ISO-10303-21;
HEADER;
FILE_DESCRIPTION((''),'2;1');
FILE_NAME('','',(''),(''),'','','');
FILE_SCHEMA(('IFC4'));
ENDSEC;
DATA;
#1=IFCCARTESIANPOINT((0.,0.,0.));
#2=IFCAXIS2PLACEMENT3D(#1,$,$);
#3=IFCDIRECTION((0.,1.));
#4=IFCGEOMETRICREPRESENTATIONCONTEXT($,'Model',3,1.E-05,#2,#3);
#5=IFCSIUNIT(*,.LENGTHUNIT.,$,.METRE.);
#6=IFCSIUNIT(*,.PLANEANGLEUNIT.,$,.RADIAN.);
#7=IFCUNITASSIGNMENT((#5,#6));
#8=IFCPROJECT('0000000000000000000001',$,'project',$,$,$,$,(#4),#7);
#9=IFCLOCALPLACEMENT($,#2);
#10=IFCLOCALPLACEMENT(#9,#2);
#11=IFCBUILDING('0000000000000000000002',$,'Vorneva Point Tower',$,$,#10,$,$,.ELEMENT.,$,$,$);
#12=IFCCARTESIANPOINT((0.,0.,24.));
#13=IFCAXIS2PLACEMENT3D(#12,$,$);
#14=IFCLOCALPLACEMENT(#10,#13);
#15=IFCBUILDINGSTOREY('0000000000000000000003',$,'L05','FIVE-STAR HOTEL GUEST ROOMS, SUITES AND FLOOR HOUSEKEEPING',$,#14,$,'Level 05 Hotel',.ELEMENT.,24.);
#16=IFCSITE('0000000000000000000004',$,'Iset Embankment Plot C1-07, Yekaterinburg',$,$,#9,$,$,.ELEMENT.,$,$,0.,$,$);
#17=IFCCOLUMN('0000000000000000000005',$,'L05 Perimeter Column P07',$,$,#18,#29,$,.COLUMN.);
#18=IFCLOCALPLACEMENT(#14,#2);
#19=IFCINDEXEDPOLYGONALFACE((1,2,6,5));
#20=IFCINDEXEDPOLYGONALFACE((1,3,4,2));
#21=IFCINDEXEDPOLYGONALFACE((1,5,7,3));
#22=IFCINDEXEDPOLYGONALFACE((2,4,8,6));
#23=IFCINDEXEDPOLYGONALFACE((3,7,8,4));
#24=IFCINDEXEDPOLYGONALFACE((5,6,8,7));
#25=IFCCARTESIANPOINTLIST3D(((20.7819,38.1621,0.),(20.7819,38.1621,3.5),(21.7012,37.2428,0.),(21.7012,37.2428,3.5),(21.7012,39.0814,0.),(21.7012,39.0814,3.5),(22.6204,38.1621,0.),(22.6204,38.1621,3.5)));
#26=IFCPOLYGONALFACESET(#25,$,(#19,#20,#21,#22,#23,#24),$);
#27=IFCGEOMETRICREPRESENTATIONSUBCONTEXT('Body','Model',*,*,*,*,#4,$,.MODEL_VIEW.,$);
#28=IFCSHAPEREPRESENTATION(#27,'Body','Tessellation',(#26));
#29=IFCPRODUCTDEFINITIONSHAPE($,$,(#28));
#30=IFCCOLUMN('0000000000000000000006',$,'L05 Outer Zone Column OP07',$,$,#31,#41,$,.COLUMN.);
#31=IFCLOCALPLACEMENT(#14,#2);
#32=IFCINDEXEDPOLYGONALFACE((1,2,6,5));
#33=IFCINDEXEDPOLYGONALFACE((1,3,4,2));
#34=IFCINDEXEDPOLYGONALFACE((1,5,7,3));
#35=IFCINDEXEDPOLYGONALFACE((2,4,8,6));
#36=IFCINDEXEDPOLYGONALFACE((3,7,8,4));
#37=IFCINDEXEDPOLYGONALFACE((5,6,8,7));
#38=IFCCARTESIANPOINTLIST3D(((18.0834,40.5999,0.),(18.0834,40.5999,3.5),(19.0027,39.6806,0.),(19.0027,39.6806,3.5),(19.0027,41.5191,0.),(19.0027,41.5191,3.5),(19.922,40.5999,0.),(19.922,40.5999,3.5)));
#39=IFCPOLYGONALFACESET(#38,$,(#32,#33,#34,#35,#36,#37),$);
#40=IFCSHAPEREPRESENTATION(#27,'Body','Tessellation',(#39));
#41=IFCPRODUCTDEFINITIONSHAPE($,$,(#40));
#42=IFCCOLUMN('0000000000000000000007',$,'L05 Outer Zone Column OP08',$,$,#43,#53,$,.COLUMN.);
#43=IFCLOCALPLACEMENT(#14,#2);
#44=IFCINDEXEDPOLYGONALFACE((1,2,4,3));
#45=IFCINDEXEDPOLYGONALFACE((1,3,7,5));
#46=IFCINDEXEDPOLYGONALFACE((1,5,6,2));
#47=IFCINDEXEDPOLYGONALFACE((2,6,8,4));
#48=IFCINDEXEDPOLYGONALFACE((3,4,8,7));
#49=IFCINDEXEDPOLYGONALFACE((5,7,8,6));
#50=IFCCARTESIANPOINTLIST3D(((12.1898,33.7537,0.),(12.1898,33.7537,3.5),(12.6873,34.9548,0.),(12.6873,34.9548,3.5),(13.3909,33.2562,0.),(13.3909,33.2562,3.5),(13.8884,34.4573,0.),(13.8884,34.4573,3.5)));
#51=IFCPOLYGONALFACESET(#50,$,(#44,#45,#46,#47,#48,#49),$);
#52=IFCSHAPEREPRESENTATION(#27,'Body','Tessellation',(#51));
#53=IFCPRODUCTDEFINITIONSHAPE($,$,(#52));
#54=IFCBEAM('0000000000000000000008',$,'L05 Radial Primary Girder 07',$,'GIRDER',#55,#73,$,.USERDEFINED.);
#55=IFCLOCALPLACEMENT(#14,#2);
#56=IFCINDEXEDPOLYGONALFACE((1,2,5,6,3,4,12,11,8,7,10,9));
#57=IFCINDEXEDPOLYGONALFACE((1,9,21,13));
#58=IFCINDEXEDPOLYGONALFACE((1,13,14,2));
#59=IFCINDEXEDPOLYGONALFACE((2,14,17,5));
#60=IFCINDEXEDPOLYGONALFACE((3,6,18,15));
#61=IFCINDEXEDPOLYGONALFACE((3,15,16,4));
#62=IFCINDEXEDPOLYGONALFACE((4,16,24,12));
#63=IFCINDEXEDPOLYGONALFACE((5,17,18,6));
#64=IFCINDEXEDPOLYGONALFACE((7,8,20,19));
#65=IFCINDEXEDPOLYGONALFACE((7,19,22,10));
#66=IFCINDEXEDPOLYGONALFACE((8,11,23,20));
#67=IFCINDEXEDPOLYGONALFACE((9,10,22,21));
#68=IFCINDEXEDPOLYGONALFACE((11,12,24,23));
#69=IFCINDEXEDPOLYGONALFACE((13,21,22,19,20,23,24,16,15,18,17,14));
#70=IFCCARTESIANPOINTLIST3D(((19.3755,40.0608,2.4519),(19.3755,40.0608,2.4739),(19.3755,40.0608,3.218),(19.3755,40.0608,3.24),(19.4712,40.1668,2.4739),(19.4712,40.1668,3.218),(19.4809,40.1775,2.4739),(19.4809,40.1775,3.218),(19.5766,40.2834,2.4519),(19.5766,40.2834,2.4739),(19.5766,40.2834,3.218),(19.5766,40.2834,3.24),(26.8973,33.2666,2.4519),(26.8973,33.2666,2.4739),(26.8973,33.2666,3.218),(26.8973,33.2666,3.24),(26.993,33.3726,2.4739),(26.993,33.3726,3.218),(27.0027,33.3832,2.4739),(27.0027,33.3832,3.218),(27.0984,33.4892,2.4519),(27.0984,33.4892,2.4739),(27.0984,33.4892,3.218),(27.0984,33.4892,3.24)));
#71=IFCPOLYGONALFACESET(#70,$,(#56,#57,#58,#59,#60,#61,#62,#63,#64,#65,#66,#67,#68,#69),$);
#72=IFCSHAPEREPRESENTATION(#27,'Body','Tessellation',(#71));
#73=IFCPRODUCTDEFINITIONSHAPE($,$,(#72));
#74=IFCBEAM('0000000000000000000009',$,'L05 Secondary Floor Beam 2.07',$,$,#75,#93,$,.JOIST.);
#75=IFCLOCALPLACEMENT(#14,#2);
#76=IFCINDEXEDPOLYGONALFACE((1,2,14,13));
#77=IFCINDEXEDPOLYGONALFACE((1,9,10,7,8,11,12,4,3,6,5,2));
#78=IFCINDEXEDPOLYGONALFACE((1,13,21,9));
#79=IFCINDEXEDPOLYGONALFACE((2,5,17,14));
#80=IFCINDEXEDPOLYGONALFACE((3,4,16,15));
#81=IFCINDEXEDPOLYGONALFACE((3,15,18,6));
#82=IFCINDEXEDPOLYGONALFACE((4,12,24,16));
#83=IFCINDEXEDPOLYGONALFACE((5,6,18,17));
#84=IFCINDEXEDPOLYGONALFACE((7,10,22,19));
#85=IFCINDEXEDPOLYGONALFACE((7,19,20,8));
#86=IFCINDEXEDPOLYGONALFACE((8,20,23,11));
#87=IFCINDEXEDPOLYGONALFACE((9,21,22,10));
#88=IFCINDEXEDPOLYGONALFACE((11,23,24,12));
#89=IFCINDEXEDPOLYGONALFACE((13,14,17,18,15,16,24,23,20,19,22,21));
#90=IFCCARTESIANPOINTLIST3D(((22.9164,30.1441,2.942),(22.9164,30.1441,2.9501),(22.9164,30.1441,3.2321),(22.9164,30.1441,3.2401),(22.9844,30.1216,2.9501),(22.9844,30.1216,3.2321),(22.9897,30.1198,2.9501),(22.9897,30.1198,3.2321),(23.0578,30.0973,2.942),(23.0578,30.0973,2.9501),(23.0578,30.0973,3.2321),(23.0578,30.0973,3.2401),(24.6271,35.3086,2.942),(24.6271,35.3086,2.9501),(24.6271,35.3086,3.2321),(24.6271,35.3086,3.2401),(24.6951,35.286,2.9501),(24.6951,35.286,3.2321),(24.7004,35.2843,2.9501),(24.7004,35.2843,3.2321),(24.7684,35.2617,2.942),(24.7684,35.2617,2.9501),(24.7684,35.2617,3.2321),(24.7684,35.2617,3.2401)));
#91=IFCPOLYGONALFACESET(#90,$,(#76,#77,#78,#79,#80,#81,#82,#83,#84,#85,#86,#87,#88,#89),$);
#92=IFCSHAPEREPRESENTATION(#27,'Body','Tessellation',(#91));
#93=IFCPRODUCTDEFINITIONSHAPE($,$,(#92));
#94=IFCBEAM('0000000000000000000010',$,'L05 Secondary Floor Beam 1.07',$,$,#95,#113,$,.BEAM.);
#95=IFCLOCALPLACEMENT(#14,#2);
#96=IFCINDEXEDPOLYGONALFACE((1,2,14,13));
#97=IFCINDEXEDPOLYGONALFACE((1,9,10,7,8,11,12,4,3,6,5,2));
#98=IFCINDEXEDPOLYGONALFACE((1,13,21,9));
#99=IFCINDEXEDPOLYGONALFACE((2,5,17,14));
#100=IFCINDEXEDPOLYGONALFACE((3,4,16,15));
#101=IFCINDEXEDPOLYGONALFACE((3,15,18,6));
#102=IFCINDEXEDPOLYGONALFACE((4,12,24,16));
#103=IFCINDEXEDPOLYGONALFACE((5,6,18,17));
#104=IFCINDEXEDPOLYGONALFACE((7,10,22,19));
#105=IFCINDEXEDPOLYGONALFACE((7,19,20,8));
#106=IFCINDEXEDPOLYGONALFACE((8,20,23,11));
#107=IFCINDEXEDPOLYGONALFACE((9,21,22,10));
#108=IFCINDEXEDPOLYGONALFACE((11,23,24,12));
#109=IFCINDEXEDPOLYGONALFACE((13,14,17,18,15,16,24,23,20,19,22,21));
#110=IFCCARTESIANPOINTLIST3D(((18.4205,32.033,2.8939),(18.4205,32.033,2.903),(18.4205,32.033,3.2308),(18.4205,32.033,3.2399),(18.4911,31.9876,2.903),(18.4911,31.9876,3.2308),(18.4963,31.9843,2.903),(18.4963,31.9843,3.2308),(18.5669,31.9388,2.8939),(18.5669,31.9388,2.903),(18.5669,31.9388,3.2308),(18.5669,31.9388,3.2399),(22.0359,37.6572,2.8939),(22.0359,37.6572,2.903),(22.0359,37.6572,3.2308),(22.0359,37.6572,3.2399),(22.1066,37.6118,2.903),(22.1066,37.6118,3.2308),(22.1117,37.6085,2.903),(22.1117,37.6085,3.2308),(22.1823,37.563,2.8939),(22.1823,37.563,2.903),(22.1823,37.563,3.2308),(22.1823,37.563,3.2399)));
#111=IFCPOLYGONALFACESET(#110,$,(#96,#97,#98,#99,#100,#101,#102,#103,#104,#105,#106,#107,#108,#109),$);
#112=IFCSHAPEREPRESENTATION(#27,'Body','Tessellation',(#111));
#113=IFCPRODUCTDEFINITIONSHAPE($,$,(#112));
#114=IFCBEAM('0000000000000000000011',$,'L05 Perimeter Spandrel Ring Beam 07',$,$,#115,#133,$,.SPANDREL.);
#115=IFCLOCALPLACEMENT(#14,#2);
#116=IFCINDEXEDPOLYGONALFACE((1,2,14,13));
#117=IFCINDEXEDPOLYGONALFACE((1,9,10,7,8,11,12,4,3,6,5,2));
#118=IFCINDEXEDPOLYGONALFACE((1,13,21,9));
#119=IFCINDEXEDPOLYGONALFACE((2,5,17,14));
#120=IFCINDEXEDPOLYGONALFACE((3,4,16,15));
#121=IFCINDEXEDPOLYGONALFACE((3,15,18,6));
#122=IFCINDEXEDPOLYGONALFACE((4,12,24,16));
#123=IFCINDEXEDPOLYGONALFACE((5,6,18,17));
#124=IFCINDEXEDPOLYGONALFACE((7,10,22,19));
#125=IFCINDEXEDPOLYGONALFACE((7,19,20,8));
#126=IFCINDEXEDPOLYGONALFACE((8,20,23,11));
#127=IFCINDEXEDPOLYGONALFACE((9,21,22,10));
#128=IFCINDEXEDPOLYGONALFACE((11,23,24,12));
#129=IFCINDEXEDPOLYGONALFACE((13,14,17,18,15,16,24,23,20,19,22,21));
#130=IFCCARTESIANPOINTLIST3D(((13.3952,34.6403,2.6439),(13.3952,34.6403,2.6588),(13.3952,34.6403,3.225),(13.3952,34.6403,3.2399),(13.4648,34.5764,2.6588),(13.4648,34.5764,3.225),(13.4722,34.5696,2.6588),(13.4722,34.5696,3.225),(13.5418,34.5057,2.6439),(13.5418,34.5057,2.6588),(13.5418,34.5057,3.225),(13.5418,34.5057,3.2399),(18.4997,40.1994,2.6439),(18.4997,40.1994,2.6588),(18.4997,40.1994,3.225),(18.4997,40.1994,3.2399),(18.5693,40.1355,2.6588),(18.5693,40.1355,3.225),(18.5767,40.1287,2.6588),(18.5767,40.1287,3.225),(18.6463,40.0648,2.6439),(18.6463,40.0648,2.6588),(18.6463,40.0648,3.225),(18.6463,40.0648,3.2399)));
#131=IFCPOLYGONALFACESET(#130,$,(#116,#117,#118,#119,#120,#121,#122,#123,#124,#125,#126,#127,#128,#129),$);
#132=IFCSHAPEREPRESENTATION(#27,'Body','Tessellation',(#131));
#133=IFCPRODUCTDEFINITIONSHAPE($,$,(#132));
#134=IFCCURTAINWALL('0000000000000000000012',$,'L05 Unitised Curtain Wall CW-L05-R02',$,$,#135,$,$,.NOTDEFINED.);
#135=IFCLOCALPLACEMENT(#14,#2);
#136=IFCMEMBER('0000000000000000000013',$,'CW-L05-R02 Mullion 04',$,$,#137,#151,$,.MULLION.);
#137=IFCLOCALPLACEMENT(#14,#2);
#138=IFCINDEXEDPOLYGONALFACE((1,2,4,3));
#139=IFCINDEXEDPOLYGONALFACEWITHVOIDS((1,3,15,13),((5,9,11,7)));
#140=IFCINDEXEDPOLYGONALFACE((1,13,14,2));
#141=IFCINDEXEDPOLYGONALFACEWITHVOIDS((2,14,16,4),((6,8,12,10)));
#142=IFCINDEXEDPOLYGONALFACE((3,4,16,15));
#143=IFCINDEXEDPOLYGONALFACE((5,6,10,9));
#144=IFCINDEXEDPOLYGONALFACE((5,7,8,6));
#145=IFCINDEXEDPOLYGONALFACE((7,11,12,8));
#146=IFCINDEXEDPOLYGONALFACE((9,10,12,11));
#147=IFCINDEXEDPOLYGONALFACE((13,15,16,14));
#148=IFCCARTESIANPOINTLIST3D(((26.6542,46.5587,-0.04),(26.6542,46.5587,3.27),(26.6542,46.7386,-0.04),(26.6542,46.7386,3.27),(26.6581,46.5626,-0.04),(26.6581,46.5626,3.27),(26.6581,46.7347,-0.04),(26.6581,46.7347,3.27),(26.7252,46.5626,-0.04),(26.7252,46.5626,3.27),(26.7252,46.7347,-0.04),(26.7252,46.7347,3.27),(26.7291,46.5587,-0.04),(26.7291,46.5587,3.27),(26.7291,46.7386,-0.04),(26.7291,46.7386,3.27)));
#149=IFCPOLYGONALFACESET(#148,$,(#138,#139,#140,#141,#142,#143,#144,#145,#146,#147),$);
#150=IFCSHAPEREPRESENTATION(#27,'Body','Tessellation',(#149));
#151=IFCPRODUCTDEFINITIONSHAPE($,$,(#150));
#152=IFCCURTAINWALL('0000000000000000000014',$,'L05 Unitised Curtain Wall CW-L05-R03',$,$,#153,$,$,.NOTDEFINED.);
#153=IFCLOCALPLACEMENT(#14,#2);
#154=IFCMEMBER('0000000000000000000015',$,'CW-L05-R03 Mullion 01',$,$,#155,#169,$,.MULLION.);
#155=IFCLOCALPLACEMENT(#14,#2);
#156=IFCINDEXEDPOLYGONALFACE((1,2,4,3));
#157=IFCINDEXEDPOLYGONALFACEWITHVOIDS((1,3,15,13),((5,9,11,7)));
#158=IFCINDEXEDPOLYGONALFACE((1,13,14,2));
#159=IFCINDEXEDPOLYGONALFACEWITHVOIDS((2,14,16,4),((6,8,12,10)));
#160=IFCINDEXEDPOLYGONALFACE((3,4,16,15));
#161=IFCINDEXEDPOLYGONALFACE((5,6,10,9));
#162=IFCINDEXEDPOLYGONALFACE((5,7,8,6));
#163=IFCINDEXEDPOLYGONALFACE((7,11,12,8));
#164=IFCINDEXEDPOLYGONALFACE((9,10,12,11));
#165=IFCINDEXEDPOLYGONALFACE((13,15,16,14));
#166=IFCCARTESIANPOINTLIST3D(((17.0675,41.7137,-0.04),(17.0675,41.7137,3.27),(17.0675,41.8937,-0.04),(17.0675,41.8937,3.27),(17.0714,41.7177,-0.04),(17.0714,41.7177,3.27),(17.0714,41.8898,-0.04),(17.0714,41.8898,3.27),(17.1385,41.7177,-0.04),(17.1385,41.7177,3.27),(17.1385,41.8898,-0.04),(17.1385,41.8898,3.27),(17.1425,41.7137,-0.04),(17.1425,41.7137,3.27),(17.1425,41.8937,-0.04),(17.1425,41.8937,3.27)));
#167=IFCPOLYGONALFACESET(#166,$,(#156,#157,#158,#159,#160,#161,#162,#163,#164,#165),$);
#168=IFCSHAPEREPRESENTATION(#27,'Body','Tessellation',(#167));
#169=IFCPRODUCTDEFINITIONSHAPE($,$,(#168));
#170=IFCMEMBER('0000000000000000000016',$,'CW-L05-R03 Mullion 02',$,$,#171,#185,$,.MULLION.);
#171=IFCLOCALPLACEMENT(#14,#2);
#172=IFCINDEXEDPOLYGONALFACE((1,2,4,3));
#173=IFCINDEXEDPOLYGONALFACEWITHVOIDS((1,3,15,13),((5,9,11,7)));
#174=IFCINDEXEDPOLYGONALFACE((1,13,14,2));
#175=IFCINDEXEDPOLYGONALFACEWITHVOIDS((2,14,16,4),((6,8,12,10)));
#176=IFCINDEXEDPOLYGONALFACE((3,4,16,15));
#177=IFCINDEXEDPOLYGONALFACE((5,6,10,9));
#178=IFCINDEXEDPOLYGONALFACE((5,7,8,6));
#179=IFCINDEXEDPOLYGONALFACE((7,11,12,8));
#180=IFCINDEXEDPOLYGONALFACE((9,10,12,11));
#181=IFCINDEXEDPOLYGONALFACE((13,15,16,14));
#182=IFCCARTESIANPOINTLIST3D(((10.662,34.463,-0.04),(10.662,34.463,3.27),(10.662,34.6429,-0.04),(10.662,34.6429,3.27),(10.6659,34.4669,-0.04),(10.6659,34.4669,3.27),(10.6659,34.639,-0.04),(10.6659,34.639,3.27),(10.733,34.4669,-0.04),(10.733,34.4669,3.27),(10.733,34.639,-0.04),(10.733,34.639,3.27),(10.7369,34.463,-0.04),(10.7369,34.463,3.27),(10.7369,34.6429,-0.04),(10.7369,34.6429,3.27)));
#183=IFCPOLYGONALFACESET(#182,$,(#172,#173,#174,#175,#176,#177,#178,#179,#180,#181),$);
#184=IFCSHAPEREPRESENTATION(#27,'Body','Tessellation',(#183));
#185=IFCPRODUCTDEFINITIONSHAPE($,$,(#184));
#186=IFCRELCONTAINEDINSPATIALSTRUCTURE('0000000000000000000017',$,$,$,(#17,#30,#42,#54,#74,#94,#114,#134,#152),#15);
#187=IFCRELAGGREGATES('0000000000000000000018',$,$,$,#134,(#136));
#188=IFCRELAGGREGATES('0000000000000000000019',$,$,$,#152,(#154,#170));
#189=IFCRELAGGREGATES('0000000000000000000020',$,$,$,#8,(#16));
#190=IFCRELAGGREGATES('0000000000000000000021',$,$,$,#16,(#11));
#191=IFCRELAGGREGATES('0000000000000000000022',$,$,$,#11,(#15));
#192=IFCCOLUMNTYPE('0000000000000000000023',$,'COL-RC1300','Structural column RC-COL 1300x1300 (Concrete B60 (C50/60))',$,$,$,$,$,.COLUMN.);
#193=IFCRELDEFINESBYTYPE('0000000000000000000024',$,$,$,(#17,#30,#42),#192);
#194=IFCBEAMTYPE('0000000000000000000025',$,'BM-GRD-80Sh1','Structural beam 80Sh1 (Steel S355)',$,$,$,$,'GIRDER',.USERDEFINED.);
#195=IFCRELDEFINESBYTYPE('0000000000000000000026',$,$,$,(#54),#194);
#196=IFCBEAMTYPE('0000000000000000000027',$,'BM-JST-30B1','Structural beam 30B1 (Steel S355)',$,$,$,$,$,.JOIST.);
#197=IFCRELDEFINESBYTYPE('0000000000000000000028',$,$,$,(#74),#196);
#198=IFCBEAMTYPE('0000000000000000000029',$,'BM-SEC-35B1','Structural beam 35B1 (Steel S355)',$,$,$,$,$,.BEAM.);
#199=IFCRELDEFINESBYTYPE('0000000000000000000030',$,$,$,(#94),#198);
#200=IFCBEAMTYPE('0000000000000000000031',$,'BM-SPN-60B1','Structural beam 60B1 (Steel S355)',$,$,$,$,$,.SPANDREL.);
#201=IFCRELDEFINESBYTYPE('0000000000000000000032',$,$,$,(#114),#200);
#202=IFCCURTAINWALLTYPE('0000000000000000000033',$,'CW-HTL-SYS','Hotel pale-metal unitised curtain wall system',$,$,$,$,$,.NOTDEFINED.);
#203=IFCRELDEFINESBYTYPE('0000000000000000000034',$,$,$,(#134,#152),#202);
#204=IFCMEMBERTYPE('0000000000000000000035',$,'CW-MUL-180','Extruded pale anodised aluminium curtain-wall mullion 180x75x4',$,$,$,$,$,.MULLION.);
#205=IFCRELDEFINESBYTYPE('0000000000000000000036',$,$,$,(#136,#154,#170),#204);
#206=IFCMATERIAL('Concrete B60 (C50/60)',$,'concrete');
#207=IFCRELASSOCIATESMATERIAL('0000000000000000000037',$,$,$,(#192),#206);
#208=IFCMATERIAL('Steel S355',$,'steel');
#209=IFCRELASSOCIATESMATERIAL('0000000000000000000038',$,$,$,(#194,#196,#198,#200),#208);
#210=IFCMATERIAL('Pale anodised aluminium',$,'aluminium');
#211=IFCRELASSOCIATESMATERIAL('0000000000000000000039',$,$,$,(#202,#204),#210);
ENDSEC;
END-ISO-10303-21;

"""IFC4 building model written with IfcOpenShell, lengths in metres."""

from ifc_helpers import new_model, si_unit, direction, frame, origin, origin_2d, place, context, subcontext, project, spatial, rectangle, hollow_rectangle, i_section, extrude, material, material_profile, profile_set, type_object, element, aggregate, save


model = new_model("IFC4")

# Units and contexts
model_context = context("Model", 3, precision=1e-05, world=origin(), true_north=direction((0.0, 1.0)))
body_context = subcontext(model_context, "Body", "Model", "MODEL_VIEW")
ifc_project = project(units=[si_unit("LENGTHUNIT", "METRE"), si_unit("PLANEANGLEUNIT", "RADIAN")], contexts=[model_context])

# Site, building, storey
site_placement = place(None, origin())
site = spatial("IfcSite", under=ifc_project, at=site_placement, Name="Iset Embankment Plot C1-07, Yekaterinburg", CompositionType="ELEMENT", RefElevation=0.0)
building_placement = place(site_placement, origin())
building = spatial("IfcBuilding", under=site, at=building_placement, Name="Vorneva Point Tower", CompositionType="ELEMENT")
storey_placement = place(building_placement, frame((0.0, 0.0, 24.0)))
storey = spatial("IfcBuildingStorey", under=building, at=storey_placement, Name="L05", Description="FIVE-STAR HOTEL GUEST ROOMS, SUITES AND FLOOR HOUSEKEEPING", LongName="Level 05 Hotel", CompositionType="ELEMENT", Elevation=24.0)

# Columns
ifc_material_1 = material(Name="Concrete B60 (C50/60)", Category="concrete")
ifc_material_profile_1 = material_profile(ifc_material_1, rectangle(XDim=1.3, YDim=1.3, at=origin_2d()), Name="RC-COL 1300x1300")
ifc_profile_set_1 = profile_set([ifc_material_profile_1], Name="Concrete B60 (C50/60)")
column_type = type_object("IfcColumnType", Name="COL-RC1300", Description="Structural column RC-COL 1300x1300 (Concrete B60 (C50/60))", PredefinedType="COLUMN", material=ifc_profile_set_1)
for number, where, z_axis, x_axis, name in (
    (1, (21.7012, 38.1621, 0.0), (0.0, 0.0, 1.0), (-0.707107, 0.707107, 0.0), "L05 Perimeter Column P07"),
    (2, (19.0027, 40.5999, 0.0), (0.0, 0.0, 1.0), (-0.707107, 0.707107, 0.0), "L05 Outer Zone Column OP07"),
    (3, (13.0391, 34.1055, 0.0), (0.0, 0.0, 1.0), (-0.92388, 0.382683, 0.0), "L05 Outer Zone Column OP08"),
):
    element("IfcColumn", number, at=place(storey_placement, frame(where, z_axis=z_axis, x_axis=x_axis)), inside=storey, type_object=column_type, Name=name, PredefinedType="COLUMN", context=body_context, shape_type="SweptSolid", body=[
        extrude(rectangle(XDim=1.3, YDim=1.3, at=origin_2d()), origin(), (0.0, 0.0, 1.0), 3.5),
    ])

# Beams
ifc_material_2 = material(Name="Steel S355", Category="steel")
ifc_material_profile_2 = material_profile(ifc_material_2, i_section(OverallWidth=0.3, OverallDepth=0.7881, WebThickness=0.0144, FlangeThickness=0.022, at=origin_2d()), Name="80Sh1")
ifc_profile_set_2 = profile_set([ifc_material_profile_2], Name="Steel S355")
beam_type_1 = type_object("IfcBeamType", Name="BM-GRD-80Sh1", Description="Structural beam 80Sh1 (Steel S355)", ElementType="GIRDER", PredefinedType="USERDEFINED", material=ifc_profile_set_2)
beam_1_placement = place(storey_placement, frame((19.4761, 40.1721, 2.8459), z_axis=(0.742084, -0.670306, 0.0), x_axis=(0.670306, 0.742084, 0.0)))
element("IfcBeam", 4, at=beam_1_placement, inside=storey, type_object=beam_type_1, Name="L05 Radial Primary Girder 07", ObjectType="GIRDER", PredefinedType="USERDEFINED", context=body_context, shape_type="SweptSolid", body=[
    extrude(i_section(OverallWidth=0.3, OverallDepth=0.7881, WebThickness=0.0144, FlangeThickness=0.022, at=origin_2d()), origin(), (0.0, 0.0, 1.0), 10.136),
])
ifc_material_profile_3 = material_profile(ifc_material_2, i_section(OverallWidth=0.1489, OverallDepth=0.2981, WebThickness=0.0056, FlangeThickness=0.0081, at=origin_2d()), Name="30B1")
ifc_profile_set_3 = profile_set([ifc_material_profile_3], Name="Steel S355")
beam_type_2 = type_object("IfcBeamType", Name="BM-JST-30B1", Description="Structural beam 30B1 (Steel S355)", PredefinedType="JOIST", material=ifc_profile_set_3)
beam_2_placement = place(storey_placement, frame((24.6978, 35.2852, 3.0911), z_axis=(-0.314437, -0.949278, 0.0), x_axis=(0.949278, -0.314437, 0.0)))
element("IfcBeam", 5, at=beam_2_placement, inside=storey, type_object=beam_type_2, Name="L05 Secondary Floor Beam 2.07", PredefinedType="JOIST", context=body_context, shape_type="SweptSolid", body=[
    extrude(i_section(OverallWidth=0.1489, OverallDepth=0.2981, WebThickness=0.0056, FlangeThickness=0.0081, at=origin_2d()), origin(), (0.0, 0.0, 1.0), 5.4404),
])
ifc_material_profile_4 = material_profile(ifc_material_2, i_section(OverallWidth=0.1741, OverallDepth=0.3459, WebThickness=0.0061, FlangeThickness=0.009, at=origin_2d()), Name="35B1")
ifc_profile_set_4 = profile_set([ifc_material_profile_4], Name="Steel S355")
beam_type_3 = type_object("IfcBeamType", Name="BM-SEC-35B1", Description="Structural beam 35B1 (Steel S355)", PredefinedType="BEAM", material=ifc_profile_set_4)
beam_3_placement = place(storey_placement, frame((22.1091, 37.6101, 3.0669), z_axis=(-0.540745, -0.841187, 0.0), x_axis=(0.841187, -0.540745, 0.0)))
element("IfcBeam", 6, at=beam_3_placement, inside=storey, type_object=beam_type_3, Name="L05 Secondary Floor Beam 1.07", PredefinedType="BEAM", context=body_context, shape_type="SweptSolid", body=[
    extrude(i_section(OverallWidth=0.1741, OverallDepth=0.3459, WebThickness=0.0061, FlangeThickness=0.009, at=origin_2d()), origin(), (0.0, 0.0, 1.0), 6.686),
])
ifc_material_profile_5 = material_profile(ifc_material_2, i_section(OverallWidth=0.199, OverallDepth=0.5959, WebThickness=0.01, FlangeThickness=0.0149, at=origin_2d()), Name="60B1")
ifc_profile_set_5 = profile_set([ifc_material_profile_5], Name="Steel S355")
beam_type_4 = type_object("IfcBeamType", Name="BM-SPN-60B1", Description="Structural beam 60B1 (Steel S355)", PredefinedType="SPANDREL", material=ifc_profile_set_5)
beam_4_placement = place(storey_placement, frame((18.573, 40.1321, 2.9419), z_axis=(-0.676348, -0.736582, 0.0), x_axis=(0.736582, -0.676348, 0.0)))
element("IfcBeam", 7, at=beam_4_placement, inside=storey, type_object=beam_type_4, Name="L05 Perimeter Spandrel Ring Beam 07", PredefinedType="SPANDREL", context=body_context, shape_type="SweptSolid", body=[
    extrude(i_section(OverallWidth=0.199, OverallDepth=0.5959, WebThickness=0.01, FlangeThickness=0.0149, at=origin_2d()), origin(), (0.0, 0.0, 1.0), 7.5471),
])

# Curtain wall, member
ifc_material_3 = material(Name="Pale anodised aluminium", Category="aluminium")
curtain_wall_type = type_object("IfcCurtainWallType", Name="CW-HTL-SYS", Description="Hotel pale-metal unitised curtain wall system", PredefinedType="NOTDEFINED", material=ifc_material_3)
curtain_wall_1_placement = place(storey_placement, origin())
curtain_wall_1 = element("IfcCurtainWall", 8, at=curtain_wall_1_placement, inside=storey, type_object=curtain_wall_type, Name="L05 Unitised Curtain Wall CW-L05-R02", PredefinedType="NOTDEFINED")
ifc_material_profile_6 = material_profile(ifc_material_3, hollow_rectangle(XDim=0.075, YDim=0.1799, WallThickness=0.0039, at=origin_2d()), Name="AL-MUL 180x75x4")
ifc_profile_set_6 = profile_set([ifc_material_profile_6], Name="Pale anodised aluminium")
member_type_1 = type_object("IfcMemberType", Name="CW-MUL-180", Description="Extruded pale anodised aluminium curtain-wall mullion 180x75x4", PredefinedType="MULLION", material=ifc_profile_set_6)
member_1_placement = place(storey_placement, frame((26.6917, 46.6487, -0.04), z_axis=(0.0, 0.0, 1.0), x_axis=(1.0, 0.0, 0.0)))
member_1 = element("IfcMember", 9, at=member_1_placement, type_object=member_type_1, Name="CW-L05-R02 Mullion 04", PredefinedType="MULLION", context=body_context, shape_type="SweptSolid", body=[
    extrude(hollow_rectangle(XDim=0.075, YDim=0.1799, WallThickness=0.0039, at=origin_2d()), origin(), (0.0, 0.0, 1.0), 3.3101),
])
aggregate(curtain_wall_1, [member_1])

# Curtain wall, members
curtain_wall_2_placement = place(storey_placement, origin())
curtain_wall_2 = element("IfcCurtainWall", 10, at=curtain_wall_2_placement, inside=storey, type_object=curtain_wall_type, Name="L05 Unitised Curtain Wall CW-L05-R03", PredefinedType="NOTDEFINED")
member_2_placement = place(storey_placement, frame((17.105, 41.8037, -0.04), z_axis=(0.0, 0.0, 1.0), x_axis=(1.0, 0.0, 0.0)))
member_2 = element("IfcMember", 11, at=member_2_placement, type_object=member_type_1, Name="CW-L05-R03 Mullion 01", PredefinedType="MULLION", context=body_context, shape_type="SweptSolid", body=[
    extrude(hollow_rectangle(XDim=0.075, YDim=0.1799, WallThickness=0.0039, at=origin_2d()), origin(), (0.0, 0.0, 1.0), 3.3101),
])
member_3_placement = place(storey_placement, frame((10.6995, 34.553, -0.04), z_axis=(0.0, 0.0, 1.0), x_axis=(1.0, 0.0, 0.0)))
member_3 = element("IfcMember", 12, at=member_3_placement, type_object=member_type_1, Name="CW-L05-R03 Mullion 02", PredefinedType="MULLION", context=body_context, shape_type="SweptSolid", body=[
    extrude(hollow_rectangle(XDim=0.075, YDim=0.1799, WallThickness=0.0039, at=origin_2d()), origin(), (0.0, 0.0, 1.0), 3.3101),
])
aggregate(curtain_wall_2, [member_2, member_3])

save(model, "model.ifc")
